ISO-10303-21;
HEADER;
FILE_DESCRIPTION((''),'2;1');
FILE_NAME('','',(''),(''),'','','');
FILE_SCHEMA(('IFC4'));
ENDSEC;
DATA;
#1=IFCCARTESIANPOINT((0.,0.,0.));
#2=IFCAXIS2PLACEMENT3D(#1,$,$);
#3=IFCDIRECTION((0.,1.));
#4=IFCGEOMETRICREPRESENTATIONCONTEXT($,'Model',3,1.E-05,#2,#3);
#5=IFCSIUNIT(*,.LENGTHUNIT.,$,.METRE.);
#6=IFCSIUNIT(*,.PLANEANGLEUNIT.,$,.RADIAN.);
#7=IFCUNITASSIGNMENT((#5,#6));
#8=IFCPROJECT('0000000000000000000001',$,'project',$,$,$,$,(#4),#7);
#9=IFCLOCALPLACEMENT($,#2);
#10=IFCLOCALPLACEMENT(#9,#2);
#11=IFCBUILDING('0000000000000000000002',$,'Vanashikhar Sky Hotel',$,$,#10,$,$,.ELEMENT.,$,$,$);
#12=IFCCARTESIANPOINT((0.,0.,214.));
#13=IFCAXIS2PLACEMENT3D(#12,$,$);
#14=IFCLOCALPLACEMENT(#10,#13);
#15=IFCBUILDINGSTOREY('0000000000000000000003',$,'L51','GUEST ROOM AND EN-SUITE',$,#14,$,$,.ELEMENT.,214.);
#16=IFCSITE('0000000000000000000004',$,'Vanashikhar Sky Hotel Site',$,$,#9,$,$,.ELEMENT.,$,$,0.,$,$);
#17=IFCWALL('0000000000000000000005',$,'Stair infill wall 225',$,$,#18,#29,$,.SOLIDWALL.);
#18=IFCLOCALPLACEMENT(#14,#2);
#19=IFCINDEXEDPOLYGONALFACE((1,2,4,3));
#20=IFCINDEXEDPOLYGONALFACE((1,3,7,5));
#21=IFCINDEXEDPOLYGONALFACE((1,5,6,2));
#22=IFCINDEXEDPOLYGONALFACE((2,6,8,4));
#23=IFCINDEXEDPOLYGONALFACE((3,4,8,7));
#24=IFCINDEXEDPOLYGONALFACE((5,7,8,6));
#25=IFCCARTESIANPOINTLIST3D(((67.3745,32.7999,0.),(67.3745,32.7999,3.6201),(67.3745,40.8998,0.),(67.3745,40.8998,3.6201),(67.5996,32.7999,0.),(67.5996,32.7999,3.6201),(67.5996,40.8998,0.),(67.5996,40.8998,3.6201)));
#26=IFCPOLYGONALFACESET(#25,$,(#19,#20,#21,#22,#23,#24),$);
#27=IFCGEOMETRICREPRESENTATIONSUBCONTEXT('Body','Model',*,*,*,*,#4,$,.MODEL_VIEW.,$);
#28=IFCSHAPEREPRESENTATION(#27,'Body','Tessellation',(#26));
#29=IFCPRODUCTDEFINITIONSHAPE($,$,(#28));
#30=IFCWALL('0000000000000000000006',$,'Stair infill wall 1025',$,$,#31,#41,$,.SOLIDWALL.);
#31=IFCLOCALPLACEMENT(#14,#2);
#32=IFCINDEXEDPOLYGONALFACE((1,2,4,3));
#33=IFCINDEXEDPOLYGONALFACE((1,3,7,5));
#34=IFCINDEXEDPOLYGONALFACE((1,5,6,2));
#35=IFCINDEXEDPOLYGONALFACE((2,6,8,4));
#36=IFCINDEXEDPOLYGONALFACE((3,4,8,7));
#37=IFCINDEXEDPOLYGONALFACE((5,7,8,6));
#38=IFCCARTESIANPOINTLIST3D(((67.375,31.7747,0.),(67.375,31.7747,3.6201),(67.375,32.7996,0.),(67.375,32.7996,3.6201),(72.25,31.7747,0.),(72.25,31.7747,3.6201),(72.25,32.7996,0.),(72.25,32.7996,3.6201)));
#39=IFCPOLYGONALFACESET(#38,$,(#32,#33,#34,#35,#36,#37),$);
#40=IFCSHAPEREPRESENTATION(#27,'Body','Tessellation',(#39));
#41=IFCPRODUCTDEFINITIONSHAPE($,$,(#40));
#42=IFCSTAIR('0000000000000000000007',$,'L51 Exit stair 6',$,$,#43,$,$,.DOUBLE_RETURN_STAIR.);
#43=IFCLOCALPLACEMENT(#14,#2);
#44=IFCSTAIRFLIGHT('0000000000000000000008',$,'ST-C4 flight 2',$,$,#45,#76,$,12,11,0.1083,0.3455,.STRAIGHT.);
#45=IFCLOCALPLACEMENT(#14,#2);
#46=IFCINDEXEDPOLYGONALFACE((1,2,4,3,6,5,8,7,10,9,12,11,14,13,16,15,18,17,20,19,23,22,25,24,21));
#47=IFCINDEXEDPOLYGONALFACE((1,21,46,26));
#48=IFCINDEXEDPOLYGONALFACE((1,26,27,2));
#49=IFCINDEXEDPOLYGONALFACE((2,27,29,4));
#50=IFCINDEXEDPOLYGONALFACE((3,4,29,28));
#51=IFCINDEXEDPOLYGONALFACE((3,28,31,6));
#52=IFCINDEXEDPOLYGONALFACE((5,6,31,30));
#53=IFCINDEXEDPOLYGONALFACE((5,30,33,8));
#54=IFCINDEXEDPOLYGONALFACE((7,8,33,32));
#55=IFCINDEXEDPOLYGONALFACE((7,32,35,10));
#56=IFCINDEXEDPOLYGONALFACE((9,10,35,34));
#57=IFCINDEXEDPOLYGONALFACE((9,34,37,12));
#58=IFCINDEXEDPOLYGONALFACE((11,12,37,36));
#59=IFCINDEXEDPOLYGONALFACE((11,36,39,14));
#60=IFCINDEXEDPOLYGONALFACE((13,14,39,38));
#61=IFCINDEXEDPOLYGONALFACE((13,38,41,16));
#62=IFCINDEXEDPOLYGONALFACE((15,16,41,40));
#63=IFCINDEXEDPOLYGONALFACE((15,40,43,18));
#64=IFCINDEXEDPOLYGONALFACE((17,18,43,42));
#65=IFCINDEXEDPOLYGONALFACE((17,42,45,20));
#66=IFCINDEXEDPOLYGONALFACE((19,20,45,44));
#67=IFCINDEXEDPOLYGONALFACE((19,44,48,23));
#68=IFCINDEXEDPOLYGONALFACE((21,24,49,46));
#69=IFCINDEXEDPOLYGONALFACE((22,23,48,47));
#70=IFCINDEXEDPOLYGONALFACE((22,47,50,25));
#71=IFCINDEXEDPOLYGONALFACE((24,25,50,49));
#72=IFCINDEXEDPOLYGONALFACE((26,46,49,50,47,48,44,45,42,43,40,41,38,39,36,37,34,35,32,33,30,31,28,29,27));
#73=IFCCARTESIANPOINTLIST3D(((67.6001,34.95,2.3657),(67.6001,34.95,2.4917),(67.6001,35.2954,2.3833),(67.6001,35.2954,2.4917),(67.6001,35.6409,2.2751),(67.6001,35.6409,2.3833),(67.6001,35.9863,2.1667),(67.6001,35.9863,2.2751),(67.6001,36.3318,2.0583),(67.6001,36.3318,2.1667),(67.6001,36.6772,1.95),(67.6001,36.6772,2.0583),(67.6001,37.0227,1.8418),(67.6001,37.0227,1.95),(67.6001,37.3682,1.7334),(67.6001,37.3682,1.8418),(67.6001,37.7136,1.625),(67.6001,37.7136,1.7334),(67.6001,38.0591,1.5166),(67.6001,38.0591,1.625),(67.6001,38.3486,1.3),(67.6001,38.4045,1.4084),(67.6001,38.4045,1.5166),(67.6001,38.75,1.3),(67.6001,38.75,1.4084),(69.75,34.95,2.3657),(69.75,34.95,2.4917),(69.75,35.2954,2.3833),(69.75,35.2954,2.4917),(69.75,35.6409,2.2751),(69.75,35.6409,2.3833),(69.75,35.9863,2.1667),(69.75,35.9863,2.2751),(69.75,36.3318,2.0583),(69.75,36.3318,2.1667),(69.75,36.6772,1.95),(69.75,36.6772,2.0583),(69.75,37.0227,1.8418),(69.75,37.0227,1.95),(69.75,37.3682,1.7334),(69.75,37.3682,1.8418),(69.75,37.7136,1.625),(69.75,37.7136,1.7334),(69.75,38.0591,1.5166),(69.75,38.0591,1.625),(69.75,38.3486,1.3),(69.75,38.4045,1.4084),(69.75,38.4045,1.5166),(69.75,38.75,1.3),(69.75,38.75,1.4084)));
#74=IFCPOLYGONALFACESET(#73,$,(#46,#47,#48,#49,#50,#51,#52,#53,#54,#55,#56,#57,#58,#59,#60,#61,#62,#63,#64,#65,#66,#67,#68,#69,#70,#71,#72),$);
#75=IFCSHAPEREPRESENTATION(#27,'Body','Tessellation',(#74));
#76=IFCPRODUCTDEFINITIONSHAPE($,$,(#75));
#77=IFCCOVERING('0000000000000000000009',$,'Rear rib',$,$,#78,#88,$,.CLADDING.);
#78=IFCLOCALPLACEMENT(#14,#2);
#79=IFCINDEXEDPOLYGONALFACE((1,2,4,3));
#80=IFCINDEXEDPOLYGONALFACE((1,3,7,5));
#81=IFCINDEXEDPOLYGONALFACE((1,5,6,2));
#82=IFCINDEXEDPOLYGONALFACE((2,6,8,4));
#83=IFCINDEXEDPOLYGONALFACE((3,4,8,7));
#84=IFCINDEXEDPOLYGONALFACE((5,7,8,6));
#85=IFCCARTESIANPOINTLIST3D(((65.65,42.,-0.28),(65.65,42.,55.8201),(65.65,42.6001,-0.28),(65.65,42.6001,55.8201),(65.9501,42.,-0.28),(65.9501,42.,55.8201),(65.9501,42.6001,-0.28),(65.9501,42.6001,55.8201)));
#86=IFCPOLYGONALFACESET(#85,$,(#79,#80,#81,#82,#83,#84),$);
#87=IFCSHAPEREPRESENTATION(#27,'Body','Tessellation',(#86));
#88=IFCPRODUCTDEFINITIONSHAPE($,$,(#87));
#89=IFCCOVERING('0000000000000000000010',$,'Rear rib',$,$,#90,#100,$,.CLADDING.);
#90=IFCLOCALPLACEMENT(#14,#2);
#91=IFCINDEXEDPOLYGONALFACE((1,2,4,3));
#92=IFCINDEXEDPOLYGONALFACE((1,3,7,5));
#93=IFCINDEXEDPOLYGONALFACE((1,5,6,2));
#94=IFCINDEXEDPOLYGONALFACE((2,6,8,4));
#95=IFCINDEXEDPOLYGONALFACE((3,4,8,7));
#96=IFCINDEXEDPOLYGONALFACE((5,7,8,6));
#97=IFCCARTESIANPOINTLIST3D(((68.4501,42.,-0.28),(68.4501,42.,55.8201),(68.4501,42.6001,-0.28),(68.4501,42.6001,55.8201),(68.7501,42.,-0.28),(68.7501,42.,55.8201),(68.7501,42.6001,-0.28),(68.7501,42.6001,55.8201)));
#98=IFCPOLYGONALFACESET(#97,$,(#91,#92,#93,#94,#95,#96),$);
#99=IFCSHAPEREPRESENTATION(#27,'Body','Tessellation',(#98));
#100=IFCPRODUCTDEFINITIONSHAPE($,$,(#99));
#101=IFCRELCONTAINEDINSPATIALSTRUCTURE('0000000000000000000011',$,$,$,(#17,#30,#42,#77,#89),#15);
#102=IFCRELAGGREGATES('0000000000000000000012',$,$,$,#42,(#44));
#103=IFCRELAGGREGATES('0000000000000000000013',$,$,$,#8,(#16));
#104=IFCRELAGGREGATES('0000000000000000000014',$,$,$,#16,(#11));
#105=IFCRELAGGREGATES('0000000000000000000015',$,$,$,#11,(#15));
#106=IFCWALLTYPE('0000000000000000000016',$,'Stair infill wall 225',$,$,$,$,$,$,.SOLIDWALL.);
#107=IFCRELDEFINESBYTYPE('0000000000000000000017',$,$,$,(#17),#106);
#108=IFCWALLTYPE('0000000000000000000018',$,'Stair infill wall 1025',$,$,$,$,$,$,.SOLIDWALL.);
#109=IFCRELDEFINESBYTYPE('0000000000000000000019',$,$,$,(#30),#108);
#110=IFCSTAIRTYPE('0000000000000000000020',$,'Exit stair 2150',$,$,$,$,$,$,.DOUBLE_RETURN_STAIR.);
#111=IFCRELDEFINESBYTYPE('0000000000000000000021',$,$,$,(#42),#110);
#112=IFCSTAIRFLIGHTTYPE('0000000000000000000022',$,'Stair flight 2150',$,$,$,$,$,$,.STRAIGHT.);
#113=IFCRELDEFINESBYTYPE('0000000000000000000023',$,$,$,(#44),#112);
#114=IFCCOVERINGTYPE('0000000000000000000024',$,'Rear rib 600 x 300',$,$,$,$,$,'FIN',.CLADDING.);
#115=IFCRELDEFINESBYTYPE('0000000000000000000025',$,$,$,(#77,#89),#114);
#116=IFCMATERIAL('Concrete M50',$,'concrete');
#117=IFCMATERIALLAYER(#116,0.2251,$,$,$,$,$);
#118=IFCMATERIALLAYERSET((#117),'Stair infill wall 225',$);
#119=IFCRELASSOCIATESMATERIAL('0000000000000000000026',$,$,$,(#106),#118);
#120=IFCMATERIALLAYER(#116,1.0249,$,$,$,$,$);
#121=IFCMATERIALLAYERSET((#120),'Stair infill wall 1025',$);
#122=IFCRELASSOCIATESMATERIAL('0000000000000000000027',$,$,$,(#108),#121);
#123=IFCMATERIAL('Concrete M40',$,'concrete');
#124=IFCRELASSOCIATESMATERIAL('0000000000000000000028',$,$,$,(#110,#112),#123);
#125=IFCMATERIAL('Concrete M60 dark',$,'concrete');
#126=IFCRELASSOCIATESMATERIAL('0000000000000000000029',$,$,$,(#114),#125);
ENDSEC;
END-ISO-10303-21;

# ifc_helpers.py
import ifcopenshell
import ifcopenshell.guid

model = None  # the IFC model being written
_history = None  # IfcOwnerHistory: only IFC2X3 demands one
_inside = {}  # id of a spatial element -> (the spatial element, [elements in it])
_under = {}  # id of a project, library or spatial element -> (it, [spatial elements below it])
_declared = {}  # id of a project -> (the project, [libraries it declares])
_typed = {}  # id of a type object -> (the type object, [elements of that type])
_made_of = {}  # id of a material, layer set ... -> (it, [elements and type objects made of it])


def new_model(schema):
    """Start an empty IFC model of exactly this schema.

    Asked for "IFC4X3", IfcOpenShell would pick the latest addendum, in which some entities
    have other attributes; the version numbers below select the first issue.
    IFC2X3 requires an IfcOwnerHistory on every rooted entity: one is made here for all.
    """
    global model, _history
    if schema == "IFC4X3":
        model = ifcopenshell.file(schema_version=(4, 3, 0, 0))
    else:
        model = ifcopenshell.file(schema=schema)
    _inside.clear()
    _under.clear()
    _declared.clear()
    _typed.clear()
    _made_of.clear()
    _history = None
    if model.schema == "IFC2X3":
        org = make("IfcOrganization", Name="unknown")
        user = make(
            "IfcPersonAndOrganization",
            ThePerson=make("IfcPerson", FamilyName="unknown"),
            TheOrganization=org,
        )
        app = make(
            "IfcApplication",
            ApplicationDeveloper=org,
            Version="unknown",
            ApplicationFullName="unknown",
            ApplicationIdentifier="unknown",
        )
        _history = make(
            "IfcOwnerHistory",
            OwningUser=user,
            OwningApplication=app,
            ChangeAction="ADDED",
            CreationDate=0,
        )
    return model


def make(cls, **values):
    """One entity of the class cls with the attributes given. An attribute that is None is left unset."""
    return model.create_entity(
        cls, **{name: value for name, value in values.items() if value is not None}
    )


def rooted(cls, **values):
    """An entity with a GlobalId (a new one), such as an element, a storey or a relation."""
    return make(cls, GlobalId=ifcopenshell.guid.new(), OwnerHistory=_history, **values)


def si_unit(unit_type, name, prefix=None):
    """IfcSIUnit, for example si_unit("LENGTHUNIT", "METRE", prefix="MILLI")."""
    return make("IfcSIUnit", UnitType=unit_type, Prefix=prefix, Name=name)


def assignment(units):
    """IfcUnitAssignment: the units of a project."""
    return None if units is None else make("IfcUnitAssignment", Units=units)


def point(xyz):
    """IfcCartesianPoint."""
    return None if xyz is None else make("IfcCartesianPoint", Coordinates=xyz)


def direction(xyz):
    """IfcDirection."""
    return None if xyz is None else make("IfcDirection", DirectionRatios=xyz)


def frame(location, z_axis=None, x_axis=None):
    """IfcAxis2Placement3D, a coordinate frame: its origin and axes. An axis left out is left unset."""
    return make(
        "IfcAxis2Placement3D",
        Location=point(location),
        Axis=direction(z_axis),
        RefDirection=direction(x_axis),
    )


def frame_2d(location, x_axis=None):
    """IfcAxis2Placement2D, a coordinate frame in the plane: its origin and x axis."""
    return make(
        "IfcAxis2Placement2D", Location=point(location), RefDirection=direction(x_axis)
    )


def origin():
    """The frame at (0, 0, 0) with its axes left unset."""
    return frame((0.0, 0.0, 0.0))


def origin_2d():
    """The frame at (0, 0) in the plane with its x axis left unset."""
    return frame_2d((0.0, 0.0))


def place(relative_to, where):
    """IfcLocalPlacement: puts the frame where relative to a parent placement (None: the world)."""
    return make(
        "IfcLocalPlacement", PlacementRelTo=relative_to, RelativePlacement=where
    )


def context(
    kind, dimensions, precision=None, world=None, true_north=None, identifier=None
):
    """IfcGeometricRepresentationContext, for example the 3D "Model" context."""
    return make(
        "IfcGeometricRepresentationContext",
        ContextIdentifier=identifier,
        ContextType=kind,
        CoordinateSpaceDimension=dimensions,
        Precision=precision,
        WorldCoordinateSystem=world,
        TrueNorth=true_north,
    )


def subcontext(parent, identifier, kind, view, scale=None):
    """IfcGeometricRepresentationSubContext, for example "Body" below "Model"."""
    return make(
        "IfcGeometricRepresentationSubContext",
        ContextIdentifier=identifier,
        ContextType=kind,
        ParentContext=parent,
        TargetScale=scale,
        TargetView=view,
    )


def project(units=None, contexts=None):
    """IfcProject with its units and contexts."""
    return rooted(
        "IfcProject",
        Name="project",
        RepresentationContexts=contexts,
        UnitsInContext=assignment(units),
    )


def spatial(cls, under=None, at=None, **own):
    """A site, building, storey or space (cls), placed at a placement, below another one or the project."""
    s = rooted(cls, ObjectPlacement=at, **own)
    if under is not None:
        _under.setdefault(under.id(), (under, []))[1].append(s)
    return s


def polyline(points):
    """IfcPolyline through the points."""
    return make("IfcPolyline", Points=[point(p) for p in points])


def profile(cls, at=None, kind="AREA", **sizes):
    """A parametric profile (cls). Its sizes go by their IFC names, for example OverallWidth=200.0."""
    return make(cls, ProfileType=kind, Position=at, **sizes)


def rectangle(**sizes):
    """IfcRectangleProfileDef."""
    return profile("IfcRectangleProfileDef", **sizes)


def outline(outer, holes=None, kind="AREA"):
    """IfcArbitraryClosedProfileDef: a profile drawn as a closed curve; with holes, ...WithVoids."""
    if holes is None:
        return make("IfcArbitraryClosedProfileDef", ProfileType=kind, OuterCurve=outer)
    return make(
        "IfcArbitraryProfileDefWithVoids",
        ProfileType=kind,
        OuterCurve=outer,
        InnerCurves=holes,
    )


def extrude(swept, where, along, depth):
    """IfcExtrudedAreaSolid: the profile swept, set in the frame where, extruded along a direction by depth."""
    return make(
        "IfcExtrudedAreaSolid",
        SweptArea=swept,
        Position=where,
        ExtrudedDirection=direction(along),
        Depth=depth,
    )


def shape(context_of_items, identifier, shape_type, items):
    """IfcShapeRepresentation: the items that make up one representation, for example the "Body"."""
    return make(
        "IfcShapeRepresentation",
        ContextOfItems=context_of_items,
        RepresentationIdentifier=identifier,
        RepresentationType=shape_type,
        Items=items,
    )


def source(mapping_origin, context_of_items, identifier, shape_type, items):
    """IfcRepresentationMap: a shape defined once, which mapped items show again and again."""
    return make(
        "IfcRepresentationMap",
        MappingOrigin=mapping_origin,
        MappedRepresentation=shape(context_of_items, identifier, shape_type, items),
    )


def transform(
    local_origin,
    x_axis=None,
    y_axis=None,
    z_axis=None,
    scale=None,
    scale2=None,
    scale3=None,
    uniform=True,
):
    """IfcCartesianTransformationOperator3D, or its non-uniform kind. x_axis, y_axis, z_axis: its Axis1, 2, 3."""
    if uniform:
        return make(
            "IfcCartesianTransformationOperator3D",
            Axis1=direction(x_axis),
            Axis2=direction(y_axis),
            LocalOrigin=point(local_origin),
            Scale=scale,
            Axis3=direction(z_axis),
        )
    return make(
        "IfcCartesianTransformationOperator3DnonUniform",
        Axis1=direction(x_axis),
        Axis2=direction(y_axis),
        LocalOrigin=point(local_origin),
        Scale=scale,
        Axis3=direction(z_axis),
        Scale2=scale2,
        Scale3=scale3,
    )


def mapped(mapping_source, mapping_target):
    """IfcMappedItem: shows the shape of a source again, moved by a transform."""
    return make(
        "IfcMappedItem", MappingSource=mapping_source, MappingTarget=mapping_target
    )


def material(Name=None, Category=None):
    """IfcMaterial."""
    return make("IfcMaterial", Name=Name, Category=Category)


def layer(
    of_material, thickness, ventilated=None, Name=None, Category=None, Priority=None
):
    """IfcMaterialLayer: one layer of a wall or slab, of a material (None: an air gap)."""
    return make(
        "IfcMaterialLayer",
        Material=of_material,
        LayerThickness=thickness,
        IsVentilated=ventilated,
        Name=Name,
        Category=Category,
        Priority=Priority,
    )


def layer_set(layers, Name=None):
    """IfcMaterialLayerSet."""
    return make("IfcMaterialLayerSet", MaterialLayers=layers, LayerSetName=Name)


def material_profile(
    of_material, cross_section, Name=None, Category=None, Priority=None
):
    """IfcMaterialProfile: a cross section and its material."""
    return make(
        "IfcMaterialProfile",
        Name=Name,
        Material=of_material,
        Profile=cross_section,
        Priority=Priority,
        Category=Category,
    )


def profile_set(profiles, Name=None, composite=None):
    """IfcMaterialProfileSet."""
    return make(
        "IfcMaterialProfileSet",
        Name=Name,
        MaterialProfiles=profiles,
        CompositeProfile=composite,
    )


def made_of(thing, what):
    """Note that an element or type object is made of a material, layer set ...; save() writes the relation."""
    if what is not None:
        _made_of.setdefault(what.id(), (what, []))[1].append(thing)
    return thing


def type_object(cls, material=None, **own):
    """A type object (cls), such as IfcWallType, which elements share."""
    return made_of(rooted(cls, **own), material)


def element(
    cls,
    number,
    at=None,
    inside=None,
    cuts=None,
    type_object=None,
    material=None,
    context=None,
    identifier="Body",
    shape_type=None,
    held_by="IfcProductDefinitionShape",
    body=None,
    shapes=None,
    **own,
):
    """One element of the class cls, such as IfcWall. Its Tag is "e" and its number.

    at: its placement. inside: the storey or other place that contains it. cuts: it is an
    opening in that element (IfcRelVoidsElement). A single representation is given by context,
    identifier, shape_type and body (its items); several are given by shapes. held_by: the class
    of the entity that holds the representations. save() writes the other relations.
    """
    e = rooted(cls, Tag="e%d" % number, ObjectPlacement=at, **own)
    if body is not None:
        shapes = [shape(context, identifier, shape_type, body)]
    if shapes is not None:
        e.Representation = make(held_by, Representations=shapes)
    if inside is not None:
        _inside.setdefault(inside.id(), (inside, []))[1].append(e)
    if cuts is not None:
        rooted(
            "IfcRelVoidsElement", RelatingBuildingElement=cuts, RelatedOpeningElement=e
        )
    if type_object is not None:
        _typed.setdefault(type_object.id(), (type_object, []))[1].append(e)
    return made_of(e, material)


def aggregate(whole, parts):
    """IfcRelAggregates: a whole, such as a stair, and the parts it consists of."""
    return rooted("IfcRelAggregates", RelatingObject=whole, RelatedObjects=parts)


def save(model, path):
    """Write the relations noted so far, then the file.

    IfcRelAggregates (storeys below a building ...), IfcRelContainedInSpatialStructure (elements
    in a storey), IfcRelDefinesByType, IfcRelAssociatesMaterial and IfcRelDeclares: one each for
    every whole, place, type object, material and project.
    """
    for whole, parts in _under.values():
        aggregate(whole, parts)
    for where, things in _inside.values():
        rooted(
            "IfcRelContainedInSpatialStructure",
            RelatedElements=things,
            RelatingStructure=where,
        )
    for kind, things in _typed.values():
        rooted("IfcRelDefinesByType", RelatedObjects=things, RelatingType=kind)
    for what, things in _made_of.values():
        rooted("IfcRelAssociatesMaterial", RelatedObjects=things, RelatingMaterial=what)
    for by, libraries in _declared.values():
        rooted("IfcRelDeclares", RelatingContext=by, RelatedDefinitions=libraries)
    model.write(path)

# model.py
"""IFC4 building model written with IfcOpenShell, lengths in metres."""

from ifc_helpers import new_model, si_unit, direction, frame, frame_2d, origin, origin_2d, place, context, subcontext, project, spatial, polyline, rectangle, outline, extrude, source, transform, mapped, material, layer, layer_set, material_profile, profile_set, type_object, element, aggregate, save


model = new_model("IFC4")

# Units and contexts
model_context = context("Model", 3, precision=1e-05, world=origin(), true_north=direction((0.0, 1.0)))
body_context = subcontext(model_context, "Body", "Model", "MODEL_VIEW")
ifc_project = project(units=[si_unit("LENGTHUNIT", "METRE"), si_unit("PLANEANGLEUNIT", "RADIAN")], contexts=[model_context])

# Site, building, storey
site_placement = place(None, origin())
site = spatial("IfcSite", under=ifc_project, at=site_placement, Name="Vanashikhar Sky Hotel Site", CompositionType="ELEMENT", RefElevation=0.0)
building_placement = place(site_placement, origin())
building = spatial("IfcBuilding", under=site, at=building_placement, Name="Vanashikhar Sky Hotel", CompositionType="ELEMENT")
storey_placement = place(building_placement, frame((0.0, 0.0, 214.0)))
storey = spatial("IfcBuildingStorey", under=building, at=storey_placement, Name="L51", Description="GUEST ROOM AND EN-SUITE", CompositionType="ELEMENT", Elevation=214.0)

# Walls
ifc_material_1 = material(Name="Concrete M50", Category="concrete")
ifc_layer_1 = layer(ifc_material_1, 0.2251)
ifc_layer_set_1 = layer_set([ifc_layer_1], Name="Stair infill wall 225")
wall_type_1 = type_object("IfcWallType", Name="Stair infill wall 225", PredefinedType="SOLIDWALL", material=ifc_layer_set_1)
shared_shape_1 = source(origin(), body_context, "Body", "SweptSolid", [
    extrude(rectangle(XDim=8.0999, YDim=0.2251, at=frame_2d((4.0498, 0.0))), origin(), (0.0, 0.0, 1.0), 3.6201),
])
wall_1_placement = place(storey_placement, frame((67.4871, 32.8, 0.0), z_axis=(0.0, 0.0, 1.0), x_axis=(0.0, 1.0, 0.0)))
element("IfcWall", 1, at=wall_1_placement, inside=storey, type_object=wall_type_1, Name="Stair infill wall 225", PredefinedType="SOLIDWALL", context=body_context, shape_type="MappedRepresentation", body=[
    mapped(shared_shape_1, transform((0.0, 0.0, 0.0), scale=1.0)),
])
ifc_layer_2 = layer(ifc_material_1, 1.0249)
ifc_layer_set_2 = layer_set([ifc_layer_2], Name="Stair infill wall 1025")
wall_type_2 = type_object("IfcWallType", Name="Stair infill wall 1025", PredefinedType="SOLIDWALL", material=ifc_layer_set_2)
shared_shape_2 = source(origin(), body_context, "Body", "SweptSolid", [
    extrude(rectangle(XDim=4.875, YDim=1.0249, at=frame_2d((2.4375, 0.0))), origin(), (0.0, 0.0, 1.0), 3.6201),
])
wall_2_placement = place(storey_placement, frame((67.375, 32.2871, 0.0), z_axis=(0.0, 0.0, 1.0), x_axis=(1.0, 0.0, 0.0)))
element("IfcWall", 2, at=wall_2_placement, inside=storey, type_object=wall_type_2, Name="Stair infill wall 1025", PredefinedType="SOLIDWALL", context=body_context, shape_type="MappedRepresentation", body=[
    mapped(shared_shape_2, transform((0.0, 0.0, 0.0), scale=1.0)),
])

# Stair, stair flight
ifc_material_2 = material(Name="Concrete M40", Category="concrete")
stair_type = type_object("IfcStairType", Name="Exit stair 2150", PredefinedType="DOUBLE_RETURN_STAIR", material=ifc_material_2)
stair_placement = place(storey_placement, origin())
stair = element("IfcStair", 3, at=stair_placement, inside=storey, type_object=stair_type, Name="L51 Exit stair 6", PredefinedType="DOUBLE_RETURN_STAIR")
stair_flight_type = type_object("IfcStairFlightType", Name="Stair flight 2150", PredefinedType="STRAIGHT", material=ifc_material_2)
shared_shape_3 = source(origin(), body_context, "Body", "SweptSolid", [
    extrude(outline(polyline([(0.0, 0.0), (0.0, 0.1084), (0.3455, 0.1084), (0.3455, 0.2166), (0.6909, 0.2166), (0.6909, 0.325), (1.0364, 0.325), (1.0364, 0.4333), (1.3818, 0.4333), (1.3818, 0.5417), (1.7273, 0.5417), (1.7273, 0.6499), (2.0728, 0.6499), (2.0728, 0.7583), (2.4182, 0.7583), (2.4182, 0.8667), (2.7637, 0.8667), (2.7637, 0.9751), (3.1091, 0.9751), (3.1091, 1.0833), (3.4546, 1.0833), (3.4546, 1.1917), (3.8, 1.1917), (3.8, 1.3), (3.8, 1.0657), (0.4014, 0.0), (0.0, 0.0)])), frame((0.0, 1.075, 0.0), z_axis=(0.0, -1.0, 0.0), x_axis=(1.0, 0.0, 0.0)), (0.0, 0.0, 1.0), 2.1499),
])
stair_flight_placement = place(storey_placement, frame((68.675, 38.75, 1.3), z_axis=(0.0, 0.0, 1.0), x_axis=(0.0, -1.0, 0.0)))
stair_flight = element("IfcStairFlight", 4, at=stair_flight_placement, type_object=stair_flight_type, Name="ST-C4 flight 2", NumberOfRisers=12, NumberOfTreads=11, PredefinedType="STRAIGHT", RiserHeight=0.1083, TreadLength=0.3455, context=body_context, shape_type="MappedRepresentation", body=[
    mapped(shared_shape_3, transform((0.0, 0.0, 0.0), scale=1.0)),
])
aggregate(stair, [stair_flight])

# Coverings
ifc_material_3 = material(Name="Concrete M60 dark", Category="concrete")
ifc_material_profile = material_profile(ifc_material_3, rectangle(XDim=0.6001, YDim=0.3, at=origin_2d()))
ifc_profile_set = profile_set([ifc_material_profile], Name="Rear rib 600 x 300")
covering_type = type_object("IfcCoveringType", Name="Rear rib 600 x 300", ElementType="FIN", PredefinedType="CLADDING", material=ifc_profile_set)
shared_shape_4 = source(origin(), body_context, "Body", "SweptSolid", [
    extrude(rectangle(XDim=0.6001, YDim=0.3, at=origin_2d()), origin(), (0.0, 0.0, 1.0), 56.1001),
])
for number, where, z_axis, x_axis, name in (
    (5, (65.8, 42.3, -0.28), (0.0, 0.0, 1.0), (0.0, 1.0, 0.0), "Rear rib"),
    (6, (68.6001, 42.3, -0.28), (0.0, 0.0, 1.0), (0.0, 1.0, 0.0), "Rear rib"),
):
    element("IfcCovering", number, at=place(storey_placement, frame(where, z_axis=z_axis, x_axis=x_axis)), inside=storey, type_object=covering_type, Name=name, PredefinedType="CLADDING", context=body_context, shape_type="MappedRepresentation", body=[
        mapped(shared_shape_4, transform((0.0, 0.0, 0.0), scale=1.0)),
    ])

save(model, "model.ifc")
